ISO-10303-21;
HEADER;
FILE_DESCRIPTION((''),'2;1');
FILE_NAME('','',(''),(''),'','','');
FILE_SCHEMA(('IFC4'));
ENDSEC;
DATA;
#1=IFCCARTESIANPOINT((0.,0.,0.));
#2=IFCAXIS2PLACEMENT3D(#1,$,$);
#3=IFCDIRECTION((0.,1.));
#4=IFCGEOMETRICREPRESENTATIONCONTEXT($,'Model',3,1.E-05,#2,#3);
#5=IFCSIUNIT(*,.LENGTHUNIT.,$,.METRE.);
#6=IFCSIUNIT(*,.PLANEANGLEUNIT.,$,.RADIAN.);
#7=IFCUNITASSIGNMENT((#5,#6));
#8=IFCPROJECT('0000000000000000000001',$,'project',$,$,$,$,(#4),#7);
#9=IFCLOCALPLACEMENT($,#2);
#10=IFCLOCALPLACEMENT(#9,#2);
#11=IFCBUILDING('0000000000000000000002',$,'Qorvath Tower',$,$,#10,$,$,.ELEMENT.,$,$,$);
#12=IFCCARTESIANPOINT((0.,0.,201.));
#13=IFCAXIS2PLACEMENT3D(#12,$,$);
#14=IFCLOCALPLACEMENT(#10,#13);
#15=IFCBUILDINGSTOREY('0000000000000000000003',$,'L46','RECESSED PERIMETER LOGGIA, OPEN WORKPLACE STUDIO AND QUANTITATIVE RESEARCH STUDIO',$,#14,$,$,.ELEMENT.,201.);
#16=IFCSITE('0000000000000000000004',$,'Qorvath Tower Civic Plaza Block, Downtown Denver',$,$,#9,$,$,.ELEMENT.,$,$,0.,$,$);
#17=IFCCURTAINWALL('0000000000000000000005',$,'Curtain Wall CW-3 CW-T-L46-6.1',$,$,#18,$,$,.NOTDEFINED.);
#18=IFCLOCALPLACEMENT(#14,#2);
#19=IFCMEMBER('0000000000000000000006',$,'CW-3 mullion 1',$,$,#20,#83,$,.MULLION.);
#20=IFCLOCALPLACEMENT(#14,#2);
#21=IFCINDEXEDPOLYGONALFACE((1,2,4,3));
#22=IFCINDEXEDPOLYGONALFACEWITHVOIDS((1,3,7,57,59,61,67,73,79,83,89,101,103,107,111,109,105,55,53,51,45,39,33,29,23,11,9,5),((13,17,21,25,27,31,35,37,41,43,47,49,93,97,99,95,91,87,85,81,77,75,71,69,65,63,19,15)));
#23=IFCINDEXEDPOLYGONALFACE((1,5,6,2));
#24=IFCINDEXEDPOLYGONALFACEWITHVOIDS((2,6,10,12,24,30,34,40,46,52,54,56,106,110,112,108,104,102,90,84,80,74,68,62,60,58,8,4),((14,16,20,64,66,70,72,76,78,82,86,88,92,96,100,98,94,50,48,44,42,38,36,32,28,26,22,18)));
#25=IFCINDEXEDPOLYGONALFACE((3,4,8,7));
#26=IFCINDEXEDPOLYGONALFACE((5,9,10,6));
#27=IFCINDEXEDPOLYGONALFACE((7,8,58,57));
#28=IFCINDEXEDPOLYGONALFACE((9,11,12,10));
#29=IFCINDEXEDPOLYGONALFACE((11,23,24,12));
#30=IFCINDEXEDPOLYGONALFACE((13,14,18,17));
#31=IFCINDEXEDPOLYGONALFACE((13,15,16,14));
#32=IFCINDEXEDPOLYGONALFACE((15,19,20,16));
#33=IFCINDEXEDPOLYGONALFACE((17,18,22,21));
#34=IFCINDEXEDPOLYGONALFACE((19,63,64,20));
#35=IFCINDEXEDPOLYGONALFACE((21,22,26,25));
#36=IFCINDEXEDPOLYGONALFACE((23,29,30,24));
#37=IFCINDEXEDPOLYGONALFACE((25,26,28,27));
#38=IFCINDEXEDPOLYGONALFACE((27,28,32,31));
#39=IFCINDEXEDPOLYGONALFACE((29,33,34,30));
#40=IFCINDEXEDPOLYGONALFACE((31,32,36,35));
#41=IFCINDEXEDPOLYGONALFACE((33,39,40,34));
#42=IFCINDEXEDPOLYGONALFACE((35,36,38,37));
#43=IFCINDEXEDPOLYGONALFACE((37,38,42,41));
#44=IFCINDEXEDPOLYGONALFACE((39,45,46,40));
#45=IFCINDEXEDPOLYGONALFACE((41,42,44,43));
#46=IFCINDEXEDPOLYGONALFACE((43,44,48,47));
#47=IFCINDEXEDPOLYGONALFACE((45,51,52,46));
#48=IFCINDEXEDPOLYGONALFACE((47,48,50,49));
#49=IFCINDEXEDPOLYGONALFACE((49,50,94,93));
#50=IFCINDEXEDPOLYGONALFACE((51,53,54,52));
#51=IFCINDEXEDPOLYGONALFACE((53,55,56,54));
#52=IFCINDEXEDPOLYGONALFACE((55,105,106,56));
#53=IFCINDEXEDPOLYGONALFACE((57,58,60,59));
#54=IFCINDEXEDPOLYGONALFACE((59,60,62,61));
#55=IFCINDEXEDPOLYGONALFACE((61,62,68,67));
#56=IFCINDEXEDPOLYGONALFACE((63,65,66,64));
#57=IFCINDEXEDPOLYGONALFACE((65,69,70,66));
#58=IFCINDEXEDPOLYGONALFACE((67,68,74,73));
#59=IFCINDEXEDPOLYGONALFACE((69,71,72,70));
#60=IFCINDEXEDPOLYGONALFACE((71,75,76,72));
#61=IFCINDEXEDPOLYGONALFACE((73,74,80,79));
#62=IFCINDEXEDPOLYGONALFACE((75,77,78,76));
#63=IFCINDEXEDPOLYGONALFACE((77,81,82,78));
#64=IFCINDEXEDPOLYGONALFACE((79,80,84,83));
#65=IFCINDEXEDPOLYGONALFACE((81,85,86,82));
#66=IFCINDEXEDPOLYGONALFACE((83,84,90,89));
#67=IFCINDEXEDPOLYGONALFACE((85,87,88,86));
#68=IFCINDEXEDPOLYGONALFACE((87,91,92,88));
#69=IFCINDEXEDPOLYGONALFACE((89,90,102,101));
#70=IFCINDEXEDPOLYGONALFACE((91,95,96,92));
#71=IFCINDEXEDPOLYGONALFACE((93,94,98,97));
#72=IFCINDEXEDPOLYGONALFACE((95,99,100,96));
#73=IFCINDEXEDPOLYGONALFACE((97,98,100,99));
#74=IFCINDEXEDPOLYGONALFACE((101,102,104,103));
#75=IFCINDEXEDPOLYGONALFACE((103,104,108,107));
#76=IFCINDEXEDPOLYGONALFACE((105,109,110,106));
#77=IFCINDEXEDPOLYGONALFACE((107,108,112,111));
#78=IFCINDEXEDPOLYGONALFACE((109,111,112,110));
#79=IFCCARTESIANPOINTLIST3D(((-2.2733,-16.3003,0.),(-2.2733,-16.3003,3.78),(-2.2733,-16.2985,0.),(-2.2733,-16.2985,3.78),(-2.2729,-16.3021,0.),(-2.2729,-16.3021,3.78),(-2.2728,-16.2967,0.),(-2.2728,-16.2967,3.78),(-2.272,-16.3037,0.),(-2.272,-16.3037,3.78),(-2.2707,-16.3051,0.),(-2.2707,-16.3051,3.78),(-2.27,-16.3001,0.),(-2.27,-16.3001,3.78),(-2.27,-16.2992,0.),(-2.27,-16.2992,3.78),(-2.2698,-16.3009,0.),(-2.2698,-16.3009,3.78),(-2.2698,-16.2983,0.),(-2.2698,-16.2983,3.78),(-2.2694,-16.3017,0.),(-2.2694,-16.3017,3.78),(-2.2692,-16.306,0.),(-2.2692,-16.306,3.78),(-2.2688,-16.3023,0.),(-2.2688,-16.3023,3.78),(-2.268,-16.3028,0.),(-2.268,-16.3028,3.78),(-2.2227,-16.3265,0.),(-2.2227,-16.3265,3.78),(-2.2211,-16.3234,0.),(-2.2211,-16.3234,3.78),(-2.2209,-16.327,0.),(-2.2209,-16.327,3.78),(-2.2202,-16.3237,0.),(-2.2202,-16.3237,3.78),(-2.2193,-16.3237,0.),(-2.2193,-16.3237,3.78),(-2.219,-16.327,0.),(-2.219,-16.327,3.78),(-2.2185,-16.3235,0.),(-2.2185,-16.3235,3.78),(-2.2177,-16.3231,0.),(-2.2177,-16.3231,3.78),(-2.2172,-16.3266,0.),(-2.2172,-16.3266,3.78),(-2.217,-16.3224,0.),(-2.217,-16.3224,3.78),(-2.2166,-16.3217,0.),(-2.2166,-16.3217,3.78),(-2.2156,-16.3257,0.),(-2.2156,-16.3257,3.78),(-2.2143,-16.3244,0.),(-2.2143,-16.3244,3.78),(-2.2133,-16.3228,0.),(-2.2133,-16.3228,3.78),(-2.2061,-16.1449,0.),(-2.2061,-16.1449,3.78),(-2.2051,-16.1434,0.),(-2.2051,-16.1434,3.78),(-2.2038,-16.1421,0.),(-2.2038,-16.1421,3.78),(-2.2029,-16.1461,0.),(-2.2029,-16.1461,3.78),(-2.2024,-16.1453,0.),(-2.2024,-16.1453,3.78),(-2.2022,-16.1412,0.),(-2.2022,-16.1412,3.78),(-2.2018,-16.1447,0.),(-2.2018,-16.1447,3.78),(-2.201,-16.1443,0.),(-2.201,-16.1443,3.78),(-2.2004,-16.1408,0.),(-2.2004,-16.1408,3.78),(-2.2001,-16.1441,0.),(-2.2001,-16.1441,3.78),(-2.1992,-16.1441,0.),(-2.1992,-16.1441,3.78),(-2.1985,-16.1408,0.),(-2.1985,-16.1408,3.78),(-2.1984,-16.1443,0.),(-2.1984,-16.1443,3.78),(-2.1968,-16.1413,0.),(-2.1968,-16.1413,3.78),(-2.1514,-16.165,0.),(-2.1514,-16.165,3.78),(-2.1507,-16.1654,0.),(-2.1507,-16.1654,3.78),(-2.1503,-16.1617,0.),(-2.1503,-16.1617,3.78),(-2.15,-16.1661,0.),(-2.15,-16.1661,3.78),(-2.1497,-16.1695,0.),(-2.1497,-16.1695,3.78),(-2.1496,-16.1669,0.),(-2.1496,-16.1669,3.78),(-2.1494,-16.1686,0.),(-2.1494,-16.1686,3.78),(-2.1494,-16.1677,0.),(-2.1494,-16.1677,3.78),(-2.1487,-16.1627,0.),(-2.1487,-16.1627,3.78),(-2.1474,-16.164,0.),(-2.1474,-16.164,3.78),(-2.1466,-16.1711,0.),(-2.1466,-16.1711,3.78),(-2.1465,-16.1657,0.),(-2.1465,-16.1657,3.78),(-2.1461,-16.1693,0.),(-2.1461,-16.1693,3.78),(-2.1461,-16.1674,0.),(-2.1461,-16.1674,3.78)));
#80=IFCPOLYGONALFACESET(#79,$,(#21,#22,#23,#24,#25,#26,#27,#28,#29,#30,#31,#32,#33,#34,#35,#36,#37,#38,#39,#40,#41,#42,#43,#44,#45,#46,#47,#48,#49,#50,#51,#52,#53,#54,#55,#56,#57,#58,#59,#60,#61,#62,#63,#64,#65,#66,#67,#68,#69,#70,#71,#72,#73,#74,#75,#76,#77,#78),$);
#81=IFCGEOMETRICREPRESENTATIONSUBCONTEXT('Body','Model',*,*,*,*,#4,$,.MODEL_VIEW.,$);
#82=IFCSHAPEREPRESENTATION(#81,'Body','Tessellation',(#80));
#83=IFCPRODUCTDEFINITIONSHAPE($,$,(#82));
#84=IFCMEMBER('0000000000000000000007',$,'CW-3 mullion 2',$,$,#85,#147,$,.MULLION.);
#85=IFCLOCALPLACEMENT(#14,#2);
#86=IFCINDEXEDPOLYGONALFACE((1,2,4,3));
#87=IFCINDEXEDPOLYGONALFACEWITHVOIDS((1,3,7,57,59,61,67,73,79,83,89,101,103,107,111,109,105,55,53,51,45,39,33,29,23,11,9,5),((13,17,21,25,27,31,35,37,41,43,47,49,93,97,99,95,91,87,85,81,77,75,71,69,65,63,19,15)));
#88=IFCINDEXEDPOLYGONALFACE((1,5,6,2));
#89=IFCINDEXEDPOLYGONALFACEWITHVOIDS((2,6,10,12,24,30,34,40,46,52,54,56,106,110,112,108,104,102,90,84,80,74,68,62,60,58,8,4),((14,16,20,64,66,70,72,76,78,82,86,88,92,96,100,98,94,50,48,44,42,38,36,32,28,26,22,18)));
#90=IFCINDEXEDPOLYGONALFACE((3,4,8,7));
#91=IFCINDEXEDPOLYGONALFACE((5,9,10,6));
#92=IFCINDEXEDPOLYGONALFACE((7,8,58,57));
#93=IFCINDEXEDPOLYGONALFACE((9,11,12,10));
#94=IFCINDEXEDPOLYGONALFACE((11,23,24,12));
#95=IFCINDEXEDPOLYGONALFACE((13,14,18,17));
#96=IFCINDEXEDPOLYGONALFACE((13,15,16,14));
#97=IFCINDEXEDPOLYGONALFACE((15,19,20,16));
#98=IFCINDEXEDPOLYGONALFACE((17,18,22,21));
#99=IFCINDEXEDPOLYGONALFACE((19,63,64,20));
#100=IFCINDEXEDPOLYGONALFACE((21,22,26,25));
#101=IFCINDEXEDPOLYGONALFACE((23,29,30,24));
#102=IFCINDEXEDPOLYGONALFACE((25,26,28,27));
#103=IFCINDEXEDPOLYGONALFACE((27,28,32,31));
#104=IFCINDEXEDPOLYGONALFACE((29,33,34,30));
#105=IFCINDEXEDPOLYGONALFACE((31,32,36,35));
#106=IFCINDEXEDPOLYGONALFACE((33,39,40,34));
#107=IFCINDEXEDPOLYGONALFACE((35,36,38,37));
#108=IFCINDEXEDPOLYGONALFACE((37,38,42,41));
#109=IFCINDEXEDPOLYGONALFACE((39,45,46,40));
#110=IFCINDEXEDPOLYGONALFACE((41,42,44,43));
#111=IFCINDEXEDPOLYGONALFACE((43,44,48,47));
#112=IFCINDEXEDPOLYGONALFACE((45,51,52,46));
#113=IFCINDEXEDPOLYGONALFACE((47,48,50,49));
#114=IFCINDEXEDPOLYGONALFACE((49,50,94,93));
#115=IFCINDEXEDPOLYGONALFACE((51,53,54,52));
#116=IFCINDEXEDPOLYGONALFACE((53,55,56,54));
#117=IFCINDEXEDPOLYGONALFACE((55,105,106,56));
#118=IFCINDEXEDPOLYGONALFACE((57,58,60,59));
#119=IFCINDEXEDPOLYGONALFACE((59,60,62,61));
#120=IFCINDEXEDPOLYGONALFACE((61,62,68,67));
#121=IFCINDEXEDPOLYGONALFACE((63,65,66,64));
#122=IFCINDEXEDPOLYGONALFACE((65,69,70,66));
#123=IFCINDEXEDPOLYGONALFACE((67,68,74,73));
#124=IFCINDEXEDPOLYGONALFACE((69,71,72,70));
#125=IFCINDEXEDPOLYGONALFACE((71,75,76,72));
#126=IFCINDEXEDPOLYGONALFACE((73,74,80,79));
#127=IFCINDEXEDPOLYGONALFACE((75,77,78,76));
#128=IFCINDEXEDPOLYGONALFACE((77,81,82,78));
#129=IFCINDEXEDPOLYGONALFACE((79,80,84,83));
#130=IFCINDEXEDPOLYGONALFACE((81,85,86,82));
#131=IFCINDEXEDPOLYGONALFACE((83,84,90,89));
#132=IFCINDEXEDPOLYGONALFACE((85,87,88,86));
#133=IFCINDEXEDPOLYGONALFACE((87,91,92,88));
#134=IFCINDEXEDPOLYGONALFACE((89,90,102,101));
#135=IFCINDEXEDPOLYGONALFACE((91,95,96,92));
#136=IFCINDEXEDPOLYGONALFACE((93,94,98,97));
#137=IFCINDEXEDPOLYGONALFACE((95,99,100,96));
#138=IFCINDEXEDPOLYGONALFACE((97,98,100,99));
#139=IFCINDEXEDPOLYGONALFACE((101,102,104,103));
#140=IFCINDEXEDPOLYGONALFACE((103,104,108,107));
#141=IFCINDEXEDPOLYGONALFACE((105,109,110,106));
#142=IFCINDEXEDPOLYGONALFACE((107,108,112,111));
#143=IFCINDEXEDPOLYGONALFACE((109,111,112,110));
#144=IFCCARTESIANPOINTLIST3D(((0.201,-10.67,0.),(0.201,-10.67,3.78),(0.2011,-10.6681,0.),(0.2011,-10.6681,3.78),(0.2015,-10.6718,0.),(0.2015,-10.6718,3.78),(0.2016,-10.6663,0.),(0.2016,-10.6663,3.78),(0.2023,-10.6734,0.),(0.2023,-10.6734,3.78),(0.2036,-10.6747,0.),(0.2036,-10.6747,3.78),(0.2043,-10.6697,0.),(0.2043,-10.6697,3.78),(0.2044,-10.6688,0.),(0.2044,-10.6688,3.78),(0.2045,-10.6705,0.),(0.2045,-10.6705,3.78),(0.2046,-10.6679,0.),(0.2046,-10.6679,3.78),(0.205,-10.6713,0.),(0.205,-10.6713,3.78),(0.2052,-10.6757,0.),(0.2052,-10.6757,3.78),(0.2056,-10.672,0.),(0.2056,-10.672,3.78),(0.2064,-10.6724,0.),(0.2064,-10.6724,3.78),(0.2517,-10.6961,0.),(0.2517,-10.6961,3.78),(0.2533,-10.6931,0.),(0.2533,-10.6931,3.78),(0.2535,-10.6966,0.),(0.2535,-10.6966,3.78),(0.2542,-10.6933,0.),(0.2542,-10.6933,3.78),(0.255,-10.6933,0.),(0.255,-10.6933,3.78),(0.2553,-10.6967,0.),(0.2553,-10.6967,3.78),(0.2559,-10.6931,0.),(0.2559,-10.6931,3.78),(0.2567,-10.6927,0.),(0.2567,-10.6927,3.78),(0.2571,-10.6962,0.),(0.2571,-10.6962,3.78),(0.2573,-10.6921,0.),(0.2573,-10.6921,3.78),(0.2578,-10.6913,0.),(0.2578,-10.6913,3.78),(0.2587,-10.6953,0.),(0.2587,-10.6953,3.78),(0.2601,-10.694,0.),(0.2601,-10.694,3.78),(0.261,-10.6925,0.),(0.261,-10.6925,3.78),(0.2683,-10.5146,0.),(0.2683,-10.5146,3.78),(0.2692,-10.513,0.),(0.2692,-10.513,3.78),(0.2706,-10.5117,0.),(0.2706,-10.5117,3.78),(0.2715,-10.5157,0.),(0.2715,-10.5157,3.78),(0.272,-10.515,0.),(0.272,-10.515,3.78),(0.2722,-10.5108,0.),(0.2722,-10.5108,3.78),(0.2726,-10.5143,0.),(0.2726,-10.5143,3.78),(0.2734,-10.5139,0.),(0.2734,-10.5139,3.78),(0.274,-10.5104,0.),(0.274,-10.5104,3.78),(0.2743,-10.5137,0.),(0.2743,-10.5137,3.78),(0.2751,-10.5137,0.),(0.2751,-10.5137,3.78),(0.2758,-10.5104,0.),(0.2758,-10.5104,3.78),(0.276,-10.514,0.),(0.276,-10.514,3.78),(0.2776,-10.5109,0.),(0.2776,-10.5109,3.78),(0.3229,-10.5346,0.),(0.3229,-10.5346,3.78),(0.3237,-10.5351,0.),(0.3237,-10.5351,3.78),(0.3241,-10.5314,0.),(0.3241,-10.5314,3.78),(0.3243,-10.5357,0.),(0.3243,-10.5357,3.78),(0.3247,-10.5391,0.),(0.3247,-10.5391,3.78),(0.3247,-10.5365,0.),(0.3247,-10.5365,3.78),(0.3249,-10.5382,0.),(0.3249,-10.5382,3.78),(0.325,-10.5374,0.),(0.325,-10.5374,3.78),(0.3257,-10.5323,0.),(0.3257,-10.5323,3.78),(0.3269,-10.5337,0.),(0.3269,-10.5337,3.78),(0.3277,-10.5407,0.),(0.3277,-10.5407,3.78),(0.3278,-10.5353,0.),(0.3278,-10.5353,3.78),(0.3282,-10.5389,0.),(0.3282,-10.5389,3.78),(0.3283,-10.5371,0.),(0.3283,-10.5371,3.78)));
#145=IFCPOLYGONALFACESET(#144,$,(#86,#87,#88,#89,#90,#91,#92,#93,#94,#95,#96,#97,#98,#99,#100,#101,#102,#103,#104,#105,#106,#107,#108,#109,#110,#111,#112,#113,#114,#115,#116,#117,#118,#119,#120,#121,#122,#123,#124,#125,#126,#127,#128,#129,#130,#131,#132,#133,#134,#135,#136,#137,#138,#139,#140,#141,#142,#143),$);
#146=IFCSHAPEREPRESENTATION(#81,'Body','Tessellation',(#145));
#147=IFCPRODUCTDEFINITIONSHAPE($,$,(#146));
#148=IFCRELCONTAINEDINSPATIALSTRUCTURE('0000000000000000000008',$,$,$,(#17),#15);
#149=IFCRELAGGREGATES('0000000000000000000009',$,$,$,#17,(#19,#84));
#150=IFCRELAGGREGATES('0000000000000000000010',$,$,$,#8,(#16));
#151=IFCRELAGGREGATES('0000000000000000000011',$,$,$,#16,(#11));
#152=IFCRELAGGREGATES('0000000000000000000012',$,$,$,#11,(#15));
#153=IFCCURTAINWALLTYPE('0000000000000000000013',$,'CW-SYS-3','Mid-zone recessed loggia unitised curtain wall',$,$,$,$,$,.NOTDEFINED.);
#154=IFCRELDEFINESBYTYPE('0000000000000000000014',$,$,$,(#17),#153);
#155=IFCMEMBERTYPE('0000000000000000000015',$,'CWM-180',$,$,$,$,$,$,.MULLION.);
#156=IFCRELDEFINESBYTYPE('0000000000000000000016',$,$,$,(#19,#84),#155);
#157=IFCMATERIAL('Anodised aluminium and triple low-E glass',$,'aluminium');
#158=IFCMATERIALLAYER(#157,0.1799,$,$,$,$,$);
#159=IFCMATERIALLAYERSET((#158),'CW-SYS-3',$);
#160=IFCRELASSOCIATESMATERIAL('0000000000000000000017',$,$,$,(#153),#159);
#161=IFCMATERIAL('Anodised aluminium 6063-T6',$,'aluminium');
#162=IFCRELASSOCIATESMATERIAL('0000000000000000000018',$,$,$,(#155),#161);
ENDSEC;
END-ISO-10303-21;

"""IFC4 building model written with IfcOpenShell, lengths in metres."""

from ifc_helpers import new_model, si_unit, direction, frame, origin, origin_2d, place, context, subcontext, project, spatial, hollow_rectangle, extrude, material, layer, layer_set, material_profile, profile_set, type_object, element, aggregate, save


model = new_model("IFC4")

# Units and contexts
model_context = context("Model", 3, precision=1e-05, world=origin(), true_north=direction((0.0, 1.0)))
body_context = subcontext(model_context, "Body", "Model", "MODEL_VIEW")
ifc_project = project(units=[si_unit("LENGTHUNIT", "METRE"), si_unit("PLANEANGLEUNIT", "RADIAN")], contexts=[model_context])

# Site, building, storey
site_placement = place(None, origin())
site = spatial("IfcSite", under=ifc_project, at=site_placement, Name="Qorvath Tower Civic Plaza Block, Downtown Denver", CompositionType="ELEMENT", RefElevation=0.0)
building_placement = place(site_placement, origin())
building = spatial("IfcBuilding", under=site, at=building_placement, Name="Qorvath Tower", CompositionType="ELEMENT")
storey_placement = place(building_placement, frame((0.0, 0.0, 201.0)))
storey = spatial("IfcBuildingStorey", under=building, at=storey_placement, Name="L46", Description="RECESSED PERIMETER LOGGIA, OPEN WORKPLACE STUDIO AND QUANTITATIVE RESEARCH STUDIO", CompositionType="ELEMENT", Elevation=201.0)

# Curtain wall, members
ifc_material_1 = material(Name="Anodised aluminium and triple low-E glass", Category="aluminium")
ifc_layer_1 = layer(ifc_material_1, 0.1799)
ifc_layer_set_1 = layer_set([ifc_layer_1], Name="CW-SYS-3")
curtain_wall_type = type_object("IfcCurtainWallType", Name="CW-SYS-3", Description="Mid-zone recessed loggia unitised curtain wall", PredefinedType="NOTDEFINED", material=ifc_layer_set_1)
ifc_material_2 = material(Name="Anodised aluminium 6063-T6", Category="aluminium")
ifc_material_profile_1 = material_profile(ifc_material_2, hollow_rectangle(XDim=0.0649, YDim=0.1799, WallThickness=0.0034, InnerFilletRadius=0.0034, OuterFilletRadius=0.0071, at=origin_2d()), Name="CWM 180x65")
ifc_profile_set_1 = profile_set([ifc_material_profile_1], Name="Anodised aluminium 6063-T6")
member_type_1 = type_object("IfcMemberType", Name="CWM-180", PredefinedType="MULLION", material=ifc_profile_set_1)
curtain_wall_1_placement = place(storey_placement, origin())
curtain_wall_1 = element("IfcCurtainWall", 1, at=curtain_wall_1_placement, inside=storey, type_object=curtain_wall_type, Name="Curtain Wall CW-3 CW-T-L46-6.1", PredefinedType="NOTDEFINED")
member_1_placement = place(storey_placement, frame((-2.2097, -16.2339, 0.0), z_axis=(0.0, 0.0, 1.0), x_axis=(-0.915499, 0.402321, 0.0)))
member_1 = element("IfcMember", 2, at=member_1_placement, type_object=member_type_1, Name="CW-3 mullion 1", PredefinedType="MULLION", context=body_context, shape_type="SweptSolid", body=[
    extrude(hollow_rectangle(XDim=0.0649, YDim=0.1799, WallThickness=0.0034, InnerFilletRadius=0.0034, OuterFilletRadius=0.0071, at=origin_2d()), origin(), (0.0, 0.0, 1.0), 3.78),
])
member_2_placement = place(storey_placement, frame((0.2646, -10.6035, 0.0), z_axis=(0.0, 0.0, 1.0), x_axis=(-0.915499, 0.402321, 0.0)))
member_2 = element("IfcMember", 3, at=member_2_placement, type_object=member_type_1, Name="CW-3 mullion 2", PredefinedType="MULLION", context=body_context, shape_type="SweptSolid", body=[
    extrude(hollow_rectangle(XDim=0.0649, YDim=0.1799, WallThickness=0.0034, InnerFilletRadius=0.0034, OuterFilletRadius=0.0071, at=origin_2d()), origin(), (0.0, 0.0, 1.0), 3.78),
])

aggregate(curtain_wall_1, [member_1, member_2])

save(model, "model.ifc")
